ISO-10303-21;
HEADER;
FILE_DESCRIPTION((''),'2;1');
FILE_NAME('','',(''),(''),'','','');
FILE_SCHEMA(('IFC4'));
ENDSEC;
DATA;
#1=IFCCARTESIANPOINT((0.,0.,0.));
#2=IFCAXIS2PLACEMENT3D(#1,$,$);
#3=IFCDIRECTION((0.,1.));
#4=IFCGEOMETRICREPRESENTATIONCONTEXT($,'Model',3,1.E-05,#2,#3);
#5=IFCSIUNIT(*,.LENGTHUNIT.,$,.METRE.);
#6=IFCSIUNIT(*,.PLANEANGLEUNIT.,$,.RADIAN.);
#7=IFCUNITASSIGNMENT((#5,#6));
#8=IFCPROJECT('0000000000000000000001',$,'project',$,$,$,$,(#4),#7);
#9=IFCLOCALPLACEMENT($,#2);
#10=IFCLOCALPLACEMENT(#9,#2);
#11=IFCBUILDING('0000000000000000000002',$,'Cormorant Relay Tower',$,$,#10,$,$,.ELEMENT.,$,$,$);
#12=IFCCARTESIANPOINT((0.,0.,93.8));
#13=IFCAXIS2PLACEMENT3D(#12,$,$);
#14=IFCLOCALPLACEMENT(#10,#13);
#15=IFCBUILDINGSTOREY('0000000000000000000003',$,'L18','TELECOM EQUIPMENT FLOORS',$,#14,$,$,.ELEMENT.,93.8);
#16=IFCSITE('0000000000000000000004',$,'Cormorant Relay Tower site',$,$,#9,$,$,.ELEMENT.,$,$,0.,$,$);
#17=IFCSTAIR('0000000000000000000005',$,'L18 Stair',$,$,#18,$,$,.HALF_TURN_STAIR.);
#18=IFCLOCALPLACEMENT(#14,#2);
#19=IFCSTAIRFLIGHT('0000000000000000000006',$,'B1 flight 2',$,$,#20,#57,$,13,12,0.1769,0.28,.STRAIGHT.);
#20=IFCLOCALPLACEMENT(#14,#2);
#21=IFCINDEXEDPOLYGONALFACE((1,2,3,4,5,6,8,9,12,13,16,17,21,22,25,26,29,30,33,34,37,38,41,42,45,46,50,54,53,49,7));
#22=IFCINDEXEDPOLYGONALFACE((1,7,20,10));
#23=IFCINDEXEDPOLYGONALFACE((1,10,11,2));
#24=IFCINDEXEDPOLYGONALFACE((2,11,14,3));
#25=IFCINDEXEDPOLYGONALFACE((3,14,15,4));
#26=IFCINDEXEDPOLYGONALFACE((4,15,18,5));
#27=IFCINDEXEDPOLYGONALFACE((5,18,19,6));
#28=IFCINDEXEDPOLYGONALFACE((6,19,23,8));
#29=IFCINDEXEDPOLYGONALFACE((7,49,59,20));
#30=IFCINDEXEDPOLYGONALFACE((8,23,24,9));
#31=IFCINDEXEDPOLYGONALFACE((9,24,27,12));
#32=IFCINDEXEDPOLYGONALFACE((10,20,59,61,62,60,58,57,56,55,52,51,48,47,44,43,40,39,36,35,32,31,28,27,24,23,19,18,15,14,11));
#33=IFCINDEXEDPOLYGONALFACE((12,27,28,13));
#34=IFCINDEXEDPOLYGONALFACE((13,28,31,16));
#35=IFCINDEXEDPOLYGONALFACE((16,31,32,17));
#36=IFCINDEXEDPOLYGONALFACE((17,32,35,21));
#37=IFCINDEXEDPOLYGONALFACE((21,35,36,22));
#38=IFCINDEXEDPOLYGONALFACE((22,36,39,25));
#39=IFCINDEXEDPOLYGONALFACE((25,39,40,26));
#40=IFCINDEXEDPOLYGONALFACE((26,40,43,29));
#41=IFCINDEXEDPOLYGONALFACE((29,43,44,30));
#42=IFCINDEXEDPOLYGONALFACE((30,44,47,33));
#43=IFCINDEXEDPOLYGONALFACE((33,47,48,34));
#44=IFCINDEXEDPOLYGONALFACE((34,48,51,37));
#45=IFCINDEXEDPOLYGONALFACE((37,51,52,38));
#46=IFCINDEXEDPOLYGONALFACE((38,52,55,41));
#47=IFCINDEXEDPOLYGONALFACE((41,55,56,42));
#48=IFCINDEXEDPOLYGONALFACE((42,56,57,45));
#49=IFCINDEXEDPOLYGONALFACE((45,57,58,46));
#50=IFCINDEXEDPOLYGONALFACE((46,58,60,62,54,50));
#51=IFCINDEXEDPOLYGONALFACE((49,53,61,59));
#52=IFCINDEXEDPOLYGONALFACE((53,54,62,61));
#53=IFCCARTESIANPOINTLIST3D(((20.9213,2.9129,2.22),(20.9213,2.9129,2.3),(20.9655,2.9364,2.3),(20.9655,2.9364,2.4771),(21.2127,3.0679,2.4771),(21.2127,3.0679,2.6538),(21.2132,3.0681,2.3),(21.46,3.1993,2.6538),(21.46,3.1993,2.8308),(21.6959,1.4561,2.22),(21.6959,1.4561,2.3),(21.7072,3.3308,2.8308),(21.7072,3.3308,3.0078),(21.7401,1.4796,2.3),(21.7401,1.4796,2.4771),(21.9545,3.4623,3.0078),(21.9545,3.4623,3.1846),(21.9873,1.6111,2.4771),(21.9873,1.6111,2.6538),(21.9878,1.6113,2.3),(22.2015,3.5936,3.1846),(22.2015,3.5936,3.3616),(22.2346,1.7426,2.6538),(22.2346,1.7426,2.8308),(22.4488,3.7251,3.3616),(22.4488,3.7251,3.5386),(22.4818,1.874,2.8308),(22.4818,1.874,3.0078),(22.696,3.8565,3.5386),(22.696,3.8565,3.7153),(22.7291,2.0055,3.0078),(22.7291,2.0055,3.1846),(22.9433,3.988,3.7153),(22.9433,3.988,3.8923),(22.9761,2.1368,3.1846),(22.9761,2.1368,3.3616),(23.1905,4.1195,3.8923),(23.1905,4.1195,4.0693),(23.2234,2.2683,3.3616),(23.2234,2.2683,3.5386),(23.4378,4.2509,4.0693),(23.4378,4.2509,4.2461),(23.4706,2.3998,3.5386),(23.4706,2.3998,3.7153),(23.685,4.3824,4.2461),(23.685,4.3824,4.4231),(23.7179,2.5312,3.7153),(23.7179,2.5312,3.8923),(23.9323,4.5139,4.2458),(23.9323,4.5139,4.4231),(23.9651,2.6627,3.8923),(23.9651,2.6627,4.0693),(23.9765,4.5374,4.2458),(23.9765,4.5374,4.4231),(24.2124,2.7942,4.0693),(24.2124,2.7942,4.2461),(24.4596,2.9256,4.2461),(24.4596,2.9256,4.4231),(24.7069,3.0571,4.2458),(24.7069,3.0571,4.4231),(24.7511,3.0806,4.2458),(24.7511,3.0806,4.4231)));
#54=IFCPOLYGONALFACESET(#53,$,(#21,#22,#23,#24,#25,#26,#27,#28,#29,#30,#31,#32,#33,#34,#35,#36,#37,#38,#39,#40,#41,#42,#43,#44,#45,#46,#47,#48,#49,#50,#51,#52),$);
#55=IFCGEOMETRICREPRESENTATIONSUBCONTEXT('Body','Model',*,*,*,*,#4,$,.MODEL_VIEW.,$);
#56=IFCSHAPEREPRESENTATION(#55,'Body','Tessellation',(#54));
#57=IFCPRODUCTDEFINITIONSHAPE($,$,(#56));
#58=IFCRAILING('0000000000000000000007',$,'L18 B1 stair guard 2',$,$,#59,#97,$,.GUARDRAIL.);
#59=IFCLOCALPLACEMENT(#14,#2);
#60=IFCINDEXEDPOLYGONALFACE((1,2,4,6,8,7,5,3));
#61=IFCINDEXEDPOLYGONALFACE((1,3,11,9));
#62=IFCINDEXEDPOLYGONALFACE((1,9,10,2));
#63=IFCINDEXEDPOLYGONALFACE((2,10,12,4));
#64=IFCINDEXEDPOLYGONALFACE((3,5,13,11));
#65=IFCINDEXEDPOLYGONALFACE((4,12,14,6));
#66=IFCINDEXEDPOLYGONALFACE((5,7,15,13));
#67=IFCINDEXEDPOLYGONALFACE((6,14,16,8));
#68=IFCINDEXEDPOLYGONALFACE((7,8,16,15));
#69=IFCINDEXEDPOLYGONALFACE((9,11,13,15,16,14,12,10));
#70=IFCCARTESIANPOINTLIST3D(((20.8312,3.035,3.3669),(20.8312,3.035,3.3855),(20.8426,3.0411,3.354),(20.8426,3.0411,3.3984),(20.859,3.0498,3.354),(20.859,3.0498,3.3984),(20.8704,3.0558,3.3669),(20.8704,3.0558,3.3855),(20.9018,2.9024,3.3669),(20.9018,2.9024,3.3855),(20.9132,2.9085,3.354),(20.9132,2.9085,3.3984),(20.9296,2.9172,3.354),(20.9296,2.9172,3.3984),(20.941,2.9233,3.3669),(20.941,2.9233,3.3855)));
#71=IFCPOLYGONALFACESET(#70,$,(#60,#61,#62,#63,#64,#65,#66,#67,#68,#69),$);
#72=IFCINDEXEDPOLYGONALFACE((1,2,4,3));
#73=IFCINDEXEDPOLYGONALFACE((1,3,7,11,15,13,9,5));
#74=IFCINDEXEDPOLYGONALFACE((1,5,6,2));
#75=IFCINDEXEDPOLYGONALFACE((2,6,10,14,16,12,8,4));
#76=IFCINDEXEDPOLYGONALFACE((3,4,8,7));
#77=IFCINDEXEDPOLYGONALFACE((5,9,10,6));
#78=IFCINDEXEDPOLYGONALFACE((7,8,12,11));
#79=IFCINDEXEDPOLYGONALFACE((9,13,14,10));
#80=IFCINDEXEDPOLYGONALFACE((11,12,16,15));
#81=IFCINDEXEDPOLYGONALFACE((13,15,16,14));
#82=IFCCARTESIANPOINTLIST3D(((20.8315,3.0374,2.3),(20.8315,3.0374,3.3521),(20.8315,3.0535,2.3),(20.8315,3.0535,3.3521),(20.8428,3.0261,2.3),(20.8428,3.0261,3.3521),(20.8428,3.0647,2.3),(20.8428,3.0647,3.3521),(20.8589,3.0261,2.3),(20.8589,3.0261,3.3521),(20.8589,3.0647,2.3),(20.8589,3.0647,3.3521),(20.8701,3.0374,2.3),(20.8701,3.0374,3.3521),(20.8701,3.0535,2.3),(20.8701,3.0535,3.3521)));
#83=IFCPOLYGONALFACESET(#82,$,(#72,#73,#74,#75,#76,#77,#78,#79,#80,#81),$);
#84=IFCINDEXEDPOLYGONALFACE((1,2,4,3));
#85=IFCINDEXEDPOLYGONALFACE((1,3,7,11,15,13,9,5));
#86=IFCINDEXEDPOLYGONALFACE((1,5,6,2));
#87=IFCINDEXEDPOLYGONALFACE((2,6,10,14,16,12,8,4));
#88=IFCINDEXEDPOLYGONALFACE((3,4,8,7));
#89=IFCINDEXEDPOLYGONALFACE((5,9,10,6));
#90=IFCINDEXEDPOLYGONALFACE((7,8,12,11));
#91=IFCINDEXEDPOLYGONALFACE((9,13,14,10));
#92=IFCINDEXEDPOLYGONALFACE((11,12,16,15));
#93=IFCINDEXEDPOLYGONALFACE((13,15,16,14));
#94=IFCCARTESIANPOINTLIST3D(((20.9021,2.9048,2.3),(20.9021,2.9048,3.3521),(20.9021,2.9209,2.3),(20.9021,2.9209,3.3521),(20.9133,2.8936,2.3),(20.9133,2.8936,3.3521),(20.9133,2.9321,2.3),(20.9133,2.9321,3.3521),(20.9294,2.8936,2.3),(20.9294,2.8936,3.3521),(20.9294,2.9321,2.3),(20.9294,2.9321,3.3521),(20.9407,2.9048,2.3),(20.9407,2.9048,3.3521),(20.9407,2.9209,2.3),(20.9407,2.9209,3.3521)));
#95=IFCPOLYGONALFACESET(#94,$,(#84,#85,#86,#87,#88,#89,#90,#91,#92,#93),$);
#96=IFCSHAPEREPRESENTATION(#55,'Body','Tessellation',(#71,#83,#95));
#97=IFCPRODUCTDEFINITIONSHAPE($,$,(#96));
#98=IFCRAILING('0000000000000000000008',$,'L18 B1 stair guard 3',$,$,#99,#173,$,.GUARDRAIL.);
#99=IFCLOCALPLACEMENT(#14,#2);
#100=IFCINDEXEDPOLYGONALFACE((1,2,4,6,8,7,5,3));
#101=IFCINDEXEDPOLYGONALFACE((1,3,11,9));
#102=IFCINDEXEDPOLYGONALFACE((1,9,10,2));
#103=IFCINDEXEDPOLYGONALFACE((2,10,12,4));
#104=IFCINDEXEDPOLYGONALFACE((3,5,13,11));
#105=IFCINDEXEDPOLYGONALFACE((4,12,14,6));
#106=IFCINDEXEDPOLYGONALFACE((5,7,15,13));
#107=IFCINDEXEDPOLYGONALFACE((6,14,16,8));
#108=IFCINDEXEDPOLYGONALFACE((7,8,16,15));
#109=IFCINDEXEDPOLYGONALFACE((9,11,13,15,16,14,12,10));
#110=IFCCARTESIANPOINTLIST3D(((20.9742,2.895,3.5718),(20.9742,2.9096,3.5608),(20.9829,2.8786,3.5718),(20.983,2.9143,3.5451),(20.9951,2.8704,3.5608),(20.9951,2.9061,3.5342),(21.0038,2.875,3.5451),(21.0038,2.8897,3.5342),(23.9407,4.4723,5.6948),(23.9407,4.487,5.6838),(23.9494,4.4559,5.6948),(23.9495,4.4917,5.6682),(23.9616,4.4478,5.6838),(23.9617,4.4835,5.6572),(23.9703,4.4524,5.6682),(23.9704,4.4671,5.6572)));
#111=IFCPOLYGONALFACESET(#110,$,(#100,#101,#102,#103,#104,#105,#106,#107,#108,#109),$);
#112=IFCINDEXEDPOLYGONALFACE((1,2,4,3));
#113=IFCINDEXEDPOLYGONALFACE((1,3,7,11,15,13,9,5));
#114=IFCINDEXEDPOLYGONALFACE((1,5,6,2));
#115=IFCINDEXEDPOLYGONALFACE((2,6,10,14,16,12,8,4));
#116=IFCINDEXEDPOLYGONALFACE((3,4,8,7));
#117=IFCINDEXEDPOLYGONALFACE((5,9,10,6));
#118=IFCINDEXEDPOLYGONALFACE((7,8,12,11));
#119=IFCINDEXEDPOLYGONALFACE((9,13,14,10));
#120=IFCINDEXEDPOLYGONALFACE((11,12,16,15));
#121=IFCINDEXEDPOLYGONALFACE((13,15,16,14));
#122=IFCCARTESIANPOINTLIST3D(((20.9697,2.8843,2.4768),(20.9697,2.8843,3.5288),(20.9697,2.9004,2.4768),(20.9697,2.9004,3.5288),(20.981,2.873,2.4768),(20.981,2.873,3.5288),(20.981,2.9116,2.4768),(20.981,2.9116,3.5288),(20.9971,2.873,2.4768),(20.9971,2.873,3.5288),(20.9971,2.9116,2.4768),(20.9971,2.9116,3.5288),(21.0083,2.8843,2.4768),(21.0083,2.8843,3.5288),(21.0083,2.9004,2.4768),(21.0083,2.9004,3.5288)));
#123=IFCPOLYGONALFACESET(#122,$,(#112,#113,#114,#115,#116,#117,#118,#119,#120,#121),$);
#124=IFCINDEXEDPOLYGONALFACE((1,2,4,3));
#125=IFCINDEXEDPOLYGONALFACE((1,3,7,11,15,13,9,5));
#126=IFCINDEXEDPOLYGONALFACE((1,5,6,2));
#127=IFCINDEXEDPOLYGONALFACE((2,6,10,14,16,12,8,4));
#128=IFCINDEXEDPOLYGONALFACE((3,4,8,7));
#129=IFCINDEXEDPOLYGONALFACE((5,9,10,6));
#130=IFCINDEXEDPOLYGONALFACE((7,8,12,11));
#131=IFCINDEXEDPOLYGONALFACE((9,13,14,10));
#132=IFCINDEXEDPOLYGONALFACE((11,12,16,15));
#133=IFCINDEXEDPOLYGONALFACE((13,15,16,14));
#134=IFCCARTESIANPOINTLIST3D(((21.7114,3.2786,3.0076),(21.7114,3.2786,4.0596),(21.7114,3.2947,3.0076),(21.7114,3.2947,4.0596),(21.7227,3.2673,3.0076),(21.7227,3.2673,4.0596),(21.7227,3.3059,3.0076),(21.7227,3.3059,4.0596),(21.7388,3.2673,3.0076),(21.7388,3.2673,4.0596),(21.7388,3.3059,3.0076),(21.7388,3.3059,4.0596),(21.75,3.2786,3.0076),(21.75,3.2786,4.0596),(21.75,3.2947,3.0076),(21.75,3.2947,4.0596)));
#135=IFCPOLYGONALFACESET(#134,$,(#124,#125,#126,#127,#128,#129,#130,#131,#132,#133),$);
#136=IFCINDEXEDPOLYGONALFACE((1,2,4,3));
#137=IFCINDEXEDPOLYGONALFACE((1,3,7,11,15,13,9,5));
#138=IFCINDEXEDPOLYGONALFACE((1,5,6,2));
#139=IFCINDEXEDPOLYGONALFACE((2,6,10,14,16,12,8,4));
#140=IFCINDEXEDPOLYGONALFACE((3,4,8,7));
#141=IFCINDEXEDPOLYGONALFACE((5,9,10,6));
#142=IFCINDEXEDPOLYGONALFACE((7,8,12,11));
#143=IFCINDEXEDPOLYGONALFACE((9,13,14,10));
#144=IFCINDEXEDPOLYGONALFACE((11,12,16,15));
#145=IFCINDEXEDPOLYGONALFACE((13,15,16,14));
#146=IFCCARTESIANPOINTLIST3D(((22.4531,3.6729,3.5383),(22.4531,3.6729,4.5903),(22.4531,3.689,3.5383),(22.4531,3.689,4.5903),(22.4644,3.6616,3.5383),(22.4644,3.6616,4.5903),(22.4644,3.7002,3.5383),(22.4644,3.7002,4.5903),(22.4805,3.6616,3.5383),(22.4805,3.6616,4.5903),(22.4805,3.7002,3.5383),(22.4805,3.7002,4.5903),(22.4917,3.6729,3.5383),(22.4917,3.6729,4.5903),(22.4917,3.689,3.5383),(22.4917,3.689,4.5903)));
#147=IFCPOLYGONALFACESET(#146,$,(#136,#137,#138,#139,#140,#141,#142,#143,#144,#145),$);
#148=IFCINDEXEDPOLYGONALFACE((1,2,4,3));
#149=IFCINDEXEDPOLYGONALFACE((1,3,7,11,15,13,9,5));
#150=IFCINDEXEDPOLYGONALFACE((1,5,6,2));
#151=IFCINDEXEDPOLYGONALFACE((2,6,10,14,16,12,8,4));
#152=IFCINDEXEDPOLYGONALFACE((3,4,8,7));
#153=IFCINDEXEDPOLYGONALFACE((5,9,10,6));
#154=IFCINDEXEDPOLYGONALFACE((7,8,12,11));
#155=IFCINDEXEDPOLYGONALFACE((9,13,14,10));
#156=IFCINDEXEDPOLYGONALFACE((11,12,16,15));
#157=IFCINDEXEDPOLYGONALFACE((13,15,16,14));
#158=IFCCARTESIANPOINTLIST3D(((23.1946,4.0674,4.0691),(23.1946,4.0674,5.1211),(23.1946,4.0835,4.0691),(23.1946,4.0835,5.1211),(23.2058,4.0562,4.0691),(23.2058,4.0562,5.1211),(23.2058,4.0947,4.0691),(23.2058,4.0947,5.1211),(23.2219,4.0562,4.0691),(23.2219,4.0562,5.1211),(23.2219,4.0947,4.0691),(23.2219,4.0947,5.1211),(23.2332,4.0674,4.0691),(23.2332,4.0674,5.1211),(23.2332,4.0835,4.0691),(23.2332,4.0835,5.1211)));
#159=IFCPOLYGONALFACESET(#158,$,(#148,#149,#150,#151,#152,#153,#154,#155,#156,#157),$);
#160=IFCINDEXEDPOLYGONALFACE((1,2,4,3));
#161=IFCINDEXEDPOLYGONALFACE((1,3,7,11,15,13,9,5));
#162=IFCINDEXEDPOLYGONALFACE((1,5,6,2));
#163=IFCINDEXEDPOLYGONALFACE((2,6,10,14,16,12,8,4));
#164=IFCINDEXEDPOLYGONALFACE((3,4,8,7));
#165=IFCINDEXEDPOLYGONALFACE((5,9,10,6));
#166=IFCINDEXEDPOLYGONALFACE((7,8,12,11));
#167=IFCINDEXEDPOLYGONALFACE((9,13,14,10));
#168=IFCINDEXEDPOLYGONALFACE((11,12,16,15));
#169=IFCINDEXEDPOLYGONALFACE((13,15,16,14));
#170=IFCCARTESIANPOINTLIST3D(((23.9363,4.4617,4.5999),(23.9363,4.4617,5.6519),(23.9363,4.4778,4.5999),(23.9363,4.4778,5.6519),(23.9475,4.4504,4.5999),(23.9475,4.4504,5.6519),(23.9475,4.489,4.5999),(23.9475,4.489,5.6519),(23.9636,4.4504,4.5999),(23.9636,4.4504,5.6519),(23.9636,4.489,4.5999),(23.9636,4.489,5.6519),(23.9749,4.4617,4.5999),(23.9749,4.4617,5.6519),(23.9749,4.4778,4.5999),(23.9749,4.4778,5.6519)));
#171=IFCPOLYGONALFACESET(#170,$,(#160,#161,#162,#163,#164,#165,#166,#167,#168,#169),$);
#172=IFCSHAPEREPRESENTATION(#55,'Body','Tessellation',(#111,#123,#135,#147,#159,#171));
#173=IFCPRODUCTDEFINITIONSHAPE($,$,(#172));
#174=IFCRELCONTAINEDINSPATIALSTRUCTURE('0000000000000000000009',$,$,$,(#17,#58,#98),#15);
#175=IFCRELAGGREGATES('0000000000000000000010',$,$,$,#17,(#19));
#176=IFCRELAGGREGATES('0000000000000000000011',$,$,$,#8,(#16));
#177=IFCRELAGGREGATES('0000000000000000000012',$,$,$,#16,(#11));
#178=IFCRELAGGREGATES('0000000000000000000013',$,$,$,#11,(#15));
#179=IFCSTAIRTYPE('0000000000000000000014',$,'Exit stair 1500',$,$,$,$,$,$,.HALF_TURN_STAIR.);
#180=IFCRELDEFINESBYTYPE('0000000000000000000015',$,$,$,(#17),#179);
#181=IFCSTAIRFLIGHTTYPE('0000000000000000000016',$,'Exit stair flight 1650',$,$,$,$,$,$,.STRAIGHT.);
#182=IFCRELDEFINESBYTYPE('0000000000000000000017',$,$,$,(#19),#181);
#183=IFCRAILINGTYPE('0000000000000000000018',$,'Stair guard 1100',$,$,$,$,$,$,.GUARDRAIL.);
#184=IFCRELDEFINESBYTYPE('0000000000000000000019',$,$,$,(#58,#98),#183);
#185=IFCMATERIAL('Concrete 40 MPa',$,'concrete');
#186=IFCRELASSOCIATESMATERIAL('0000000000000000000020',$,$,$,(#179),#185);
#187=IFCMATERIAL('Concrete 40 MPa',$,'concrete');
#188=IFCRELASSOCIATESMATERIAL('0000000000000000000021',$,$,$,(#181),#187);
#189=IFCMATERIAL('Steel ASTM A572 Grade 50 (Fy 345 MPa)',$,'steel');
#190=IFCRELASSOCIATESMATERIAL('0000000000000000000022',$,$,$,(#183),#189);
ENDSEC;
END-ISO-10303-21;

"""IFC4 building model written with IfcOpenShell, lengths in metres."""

from ifc_helpers import new_model, si_unit, direction, frame, origin, place, context, subcontext, project, spatial, polyline, outline, extrude, material, type_object, element, aggregate, save


model = new_model("IFC4")

# Units and contexts
model_context = context("Model", 3, precision=1e-05, world=origin(), true_north=direction((0.0, 1.0)))
body_context = subcontext(model_context, "Body", "Model", "MODEL_VIEW")
ifc_project = project(units=[si_unit("LENGTHUNIT", "METRE"), si_unit("PLANEANGLEUNIT", "RADIAN")], contexts=[model_context])

# Site, building, storey
site_placement = place(None, origin())
site = spatial("IfcSite", under=ifc_project, at=site_placement, Name="Cormorant Relay Tower site", CompositionType="ELEMENT", RefElevation=0.0)
building_placement = place(site_placement, origin())
building = spatial("IfcBuilding", under=site, at=building_placement, Name="Cormorant Relay Tower", CompositionType="ELEMENT")
storey_placement = place(building_placement, frame((0.0, 0.0, 93.8)))
storey = spatial("IfcBuildingStorey", under=building, at=storey_placement, Name="L18", Description="TELECOM EQUIPMENT FLOORS", CompositionType="ELEMENT", Elevation=93.8)

# Stair, stair flight
ifc_material_1 = material(Name="Concrete 40 MPa", Category="concrete")
stair_type = type_object("IfcStairType", Name="Exit stair 1500", PredefinedType="HALF_TURN_STAIR", material=ifc_material_1)
stair_placement = place(storey_placement, origin())
stair = element("IfcStair", 1, at=stair_placement, inside=storey, type_object=stair_type, Name="L18 Stair", PredefinedType="HALF_TURN_STAIR")
ifc_material_2 = material(Name="Concrete 40 MPa", Category="concrete")
stair_flight_type = type_object("IfcStairFlightType", Name="Exit stair flight 1650", PredefinedType="STRAIGHT", material=ifc_material_2)
stair_flight_placement = place(storey_placement, frame((21.3528, 2.208, 2.3), z_axis=(0.0, 0.0, 1.0), x_axis=(0.882948, 0.469472, 0.0)))
stair_flight = element("IfcStairFlight", 2, at=stair_flight_placement, type_object=stair_flight_type, Name="B1 flight 2", NumberOfRisers=13, NumberOfTreads=12, PredefinedType="STRAIGHT", RiserHeight=0.1769, TreadLength=0.28, context=body_context, shape_type="SweptSolid", body=[
    extrude(outline(polyline([(-0.05, -0.0801), (-0.05, 0.0), (0.0, 0.0), (0.0, 0.177), (0.28, 0.177), (0.28, 0.3538), (0.5601, 0.3538), (0.5601, 0.5308), (0.8401, 0.5308), (0.8401, 0.7078), (1.1201, 0.7078), (1.1201, 0.8845), (1.3999, 0.8845), (1.3999, 1.0615), (1.6799, 1.0615), (1.6799, 1.2385), (1.96, 1.2385), (1.96, 1.4153), (2.24, 1.4153), (2.24, 1.5923), (2.52, 1.5923), (2.52, 1.7693), (2.8, 1.7693), (2.8, 1.946), (3.0801, 1.946), (3.0801, 2.123), (3.3601, 2.123), (3.4102, 2.123), (3.4102, 1.9458), (3.3601, 1.9458), (0.2805, 0.0), (-0.05, -0.0801)])), frame((0.0, 0.825, 0.0), z_axis=(0.0, -1.0, 0.0), x_axis=(1.0, 0.0, 0.0)), (0.0, 0.0, 1.0), 1.6499),
])
aggregate(stair, [stair_flight])

# Railings
ifc_material_3 = material(Name="Steel ASTM A572 Grade 50 (Fy 345 MPa)", Category="steel")
railing_type_1 = type_object("IfcRailingType", Name="Stair guard 1100", PredefinedType="GUARDRAIL", material=ifc_material_3)
railing_1_placement = place(storey_placement, frame((20.8508, 3.0454, 2.3)))
element("IfcRailing", 3, at=railing_1_placement, inside=storey, type_object=railing_type_1, Name="L18 B1 stair guard 2", PredefinedType="GUARDRAIL", context=body_context, shape_type="SweptSolid", body=[
    extrude(outline(polyline([(0.0222, 0.0093), (0.0093, 0.0222), (-0.0093, 0.0222), (-0.0222, 0.0093), (-0.0222, -0.0093), (-0.0093, -0.0222), (0.0093, -0.0222), (0.0222, -0.0093), (0.0222, 0.0093)])), frame((0.0, 0.0, 1.0762), z_axis=(0.469829, -0.882758, 0.0), x_axis=(0.882758, 0.469829, 0.0)), (0.0, 0.0, 1.0), 0.1501),
    extrude(outline(polyline([(0.0193, 0.0081), (0.0081, 0.0193), (-0.0081, 0.0193), (-0.0193, 0.0081), (-0.0193, -0.0081), (-0.0081, -0.0193), (0.0081, -0.0193), (0.0193, -0.0081), (0.0193, 0.0081)])), origin(), (0.0, 0.0, 1.0), 1.052),
    extrude(outline(polyline([(0.0193, 0.0081), (0.0081, 0.0193), (-0.0081, 0.0193), (-0.0193, 0.0081), (-0.0193, -0.0081), (-0.0081, -0.0193), (0.0081, -0.0193), (0.0193, -0.0081), (0.0193, 0.0081)])), frame((0.0706, -0.1326, 0.0)), (0.0, 0.0, 1.0), 1.052),
])
railing_2_placement = place(storey_placement, frame((20.989, 2.8923, 2.4768)))
element("IfcRailing", 4, at=railing_2_placement, inside=storey, type_object=railing_type_1, Name="L18 B1 stair guard 3", PredefinedType="GUARDRAIL", context=body_context, shape_type="SweptSolid", body=[
    extrude(outline(polyline([(0.0222, 0.0093), (0.0093, 0.0222), (-0.0093, 0.0222), (-0.0222, 0.0093), (-0.0222, -0.0093), (-0.0093, -0.0222), (0.0093, -0.0222), (0.0222, -0.0093), (0.0222, 0.0093)])), frame((0.0, 0.0, 1.0762), z_axis=(0.746413, 0.396887, 0.534179), x_axis=(-0.469483, 0.882942, 0.0)), (0.0, 0.0, 1.0), 3.9744),
    extrude(outline(polyline([(0.0193, 0.0081), (0.0081, 0.0193), (-0.0081, 0.0193), (-0.0193, 0.0081), (-0.0193, -0.0081), (-0.0081, -0.0193), (0.0081, -0.0193), (0.0193, -0.0081), (0.0193, 0.0081)])), origin(), (0.0, 0.0, 1.0), 1.052),
    extrude(outline(polyline([(0.0193, 0.0081), (0.0081, 0.0193), (-0.0081, 0.0193), (-0.0193, 0.0081), (-0.0193, -0.0081), (-0.0081, -0.0193), (0.0081, -0.0193), (0.0193, -0.0081), (0.0193, 0.0081)])), frame((0.7417, 0.3943, 0.5308)), (0.0, 0.0, 1.0), 1.052),
    extrude(outline(polyline([(0.0193, 0.0081), (0.0081, 0.0193), (-0.0081, 0.0193), (-0.0193, 0.0081), (-0.0193, -0.0081), (-0.0081, -0.0193), (0.0081, -0.0193), (0.0193, -0.0081), (0.0193, 0.0081)])), frame((1.4834, 0.7886, 1.0615)), (0.0, 0.0, 1.0), 1.052),
    extrude(outline(polyline([(0.0193, 0.0081), (0.0081, 0.0193), (-0.0081, 0.0193), (-0.0193, 0.0081), (-0.0193, -0.0081), (-0.0081, -0.0193), (0.0081, -0.0193), (0.0193, -0.0081), (0.0193, 0.0081)])), frame((2.2249, 1.1831, 1.5923)), (0.0, 0.0, 1.0), 1.052),
    extrude(outline(polyline([(0.0193, 0.0081), (0.0081, 0.0193), (-0.0081, 0.0193), (-0.0193, 0.0081), (-0.0193, -0.0081), (-0.0081, -0.0193), (0.0081, -0.0193), (0.0193, -0.0081), (0.0193, 0.0081)])), frame((2.9666, 1.5774, 2.123)), (0.0, 0.0, 1.0), 1.052),
])

save(model, "model.ifc")
